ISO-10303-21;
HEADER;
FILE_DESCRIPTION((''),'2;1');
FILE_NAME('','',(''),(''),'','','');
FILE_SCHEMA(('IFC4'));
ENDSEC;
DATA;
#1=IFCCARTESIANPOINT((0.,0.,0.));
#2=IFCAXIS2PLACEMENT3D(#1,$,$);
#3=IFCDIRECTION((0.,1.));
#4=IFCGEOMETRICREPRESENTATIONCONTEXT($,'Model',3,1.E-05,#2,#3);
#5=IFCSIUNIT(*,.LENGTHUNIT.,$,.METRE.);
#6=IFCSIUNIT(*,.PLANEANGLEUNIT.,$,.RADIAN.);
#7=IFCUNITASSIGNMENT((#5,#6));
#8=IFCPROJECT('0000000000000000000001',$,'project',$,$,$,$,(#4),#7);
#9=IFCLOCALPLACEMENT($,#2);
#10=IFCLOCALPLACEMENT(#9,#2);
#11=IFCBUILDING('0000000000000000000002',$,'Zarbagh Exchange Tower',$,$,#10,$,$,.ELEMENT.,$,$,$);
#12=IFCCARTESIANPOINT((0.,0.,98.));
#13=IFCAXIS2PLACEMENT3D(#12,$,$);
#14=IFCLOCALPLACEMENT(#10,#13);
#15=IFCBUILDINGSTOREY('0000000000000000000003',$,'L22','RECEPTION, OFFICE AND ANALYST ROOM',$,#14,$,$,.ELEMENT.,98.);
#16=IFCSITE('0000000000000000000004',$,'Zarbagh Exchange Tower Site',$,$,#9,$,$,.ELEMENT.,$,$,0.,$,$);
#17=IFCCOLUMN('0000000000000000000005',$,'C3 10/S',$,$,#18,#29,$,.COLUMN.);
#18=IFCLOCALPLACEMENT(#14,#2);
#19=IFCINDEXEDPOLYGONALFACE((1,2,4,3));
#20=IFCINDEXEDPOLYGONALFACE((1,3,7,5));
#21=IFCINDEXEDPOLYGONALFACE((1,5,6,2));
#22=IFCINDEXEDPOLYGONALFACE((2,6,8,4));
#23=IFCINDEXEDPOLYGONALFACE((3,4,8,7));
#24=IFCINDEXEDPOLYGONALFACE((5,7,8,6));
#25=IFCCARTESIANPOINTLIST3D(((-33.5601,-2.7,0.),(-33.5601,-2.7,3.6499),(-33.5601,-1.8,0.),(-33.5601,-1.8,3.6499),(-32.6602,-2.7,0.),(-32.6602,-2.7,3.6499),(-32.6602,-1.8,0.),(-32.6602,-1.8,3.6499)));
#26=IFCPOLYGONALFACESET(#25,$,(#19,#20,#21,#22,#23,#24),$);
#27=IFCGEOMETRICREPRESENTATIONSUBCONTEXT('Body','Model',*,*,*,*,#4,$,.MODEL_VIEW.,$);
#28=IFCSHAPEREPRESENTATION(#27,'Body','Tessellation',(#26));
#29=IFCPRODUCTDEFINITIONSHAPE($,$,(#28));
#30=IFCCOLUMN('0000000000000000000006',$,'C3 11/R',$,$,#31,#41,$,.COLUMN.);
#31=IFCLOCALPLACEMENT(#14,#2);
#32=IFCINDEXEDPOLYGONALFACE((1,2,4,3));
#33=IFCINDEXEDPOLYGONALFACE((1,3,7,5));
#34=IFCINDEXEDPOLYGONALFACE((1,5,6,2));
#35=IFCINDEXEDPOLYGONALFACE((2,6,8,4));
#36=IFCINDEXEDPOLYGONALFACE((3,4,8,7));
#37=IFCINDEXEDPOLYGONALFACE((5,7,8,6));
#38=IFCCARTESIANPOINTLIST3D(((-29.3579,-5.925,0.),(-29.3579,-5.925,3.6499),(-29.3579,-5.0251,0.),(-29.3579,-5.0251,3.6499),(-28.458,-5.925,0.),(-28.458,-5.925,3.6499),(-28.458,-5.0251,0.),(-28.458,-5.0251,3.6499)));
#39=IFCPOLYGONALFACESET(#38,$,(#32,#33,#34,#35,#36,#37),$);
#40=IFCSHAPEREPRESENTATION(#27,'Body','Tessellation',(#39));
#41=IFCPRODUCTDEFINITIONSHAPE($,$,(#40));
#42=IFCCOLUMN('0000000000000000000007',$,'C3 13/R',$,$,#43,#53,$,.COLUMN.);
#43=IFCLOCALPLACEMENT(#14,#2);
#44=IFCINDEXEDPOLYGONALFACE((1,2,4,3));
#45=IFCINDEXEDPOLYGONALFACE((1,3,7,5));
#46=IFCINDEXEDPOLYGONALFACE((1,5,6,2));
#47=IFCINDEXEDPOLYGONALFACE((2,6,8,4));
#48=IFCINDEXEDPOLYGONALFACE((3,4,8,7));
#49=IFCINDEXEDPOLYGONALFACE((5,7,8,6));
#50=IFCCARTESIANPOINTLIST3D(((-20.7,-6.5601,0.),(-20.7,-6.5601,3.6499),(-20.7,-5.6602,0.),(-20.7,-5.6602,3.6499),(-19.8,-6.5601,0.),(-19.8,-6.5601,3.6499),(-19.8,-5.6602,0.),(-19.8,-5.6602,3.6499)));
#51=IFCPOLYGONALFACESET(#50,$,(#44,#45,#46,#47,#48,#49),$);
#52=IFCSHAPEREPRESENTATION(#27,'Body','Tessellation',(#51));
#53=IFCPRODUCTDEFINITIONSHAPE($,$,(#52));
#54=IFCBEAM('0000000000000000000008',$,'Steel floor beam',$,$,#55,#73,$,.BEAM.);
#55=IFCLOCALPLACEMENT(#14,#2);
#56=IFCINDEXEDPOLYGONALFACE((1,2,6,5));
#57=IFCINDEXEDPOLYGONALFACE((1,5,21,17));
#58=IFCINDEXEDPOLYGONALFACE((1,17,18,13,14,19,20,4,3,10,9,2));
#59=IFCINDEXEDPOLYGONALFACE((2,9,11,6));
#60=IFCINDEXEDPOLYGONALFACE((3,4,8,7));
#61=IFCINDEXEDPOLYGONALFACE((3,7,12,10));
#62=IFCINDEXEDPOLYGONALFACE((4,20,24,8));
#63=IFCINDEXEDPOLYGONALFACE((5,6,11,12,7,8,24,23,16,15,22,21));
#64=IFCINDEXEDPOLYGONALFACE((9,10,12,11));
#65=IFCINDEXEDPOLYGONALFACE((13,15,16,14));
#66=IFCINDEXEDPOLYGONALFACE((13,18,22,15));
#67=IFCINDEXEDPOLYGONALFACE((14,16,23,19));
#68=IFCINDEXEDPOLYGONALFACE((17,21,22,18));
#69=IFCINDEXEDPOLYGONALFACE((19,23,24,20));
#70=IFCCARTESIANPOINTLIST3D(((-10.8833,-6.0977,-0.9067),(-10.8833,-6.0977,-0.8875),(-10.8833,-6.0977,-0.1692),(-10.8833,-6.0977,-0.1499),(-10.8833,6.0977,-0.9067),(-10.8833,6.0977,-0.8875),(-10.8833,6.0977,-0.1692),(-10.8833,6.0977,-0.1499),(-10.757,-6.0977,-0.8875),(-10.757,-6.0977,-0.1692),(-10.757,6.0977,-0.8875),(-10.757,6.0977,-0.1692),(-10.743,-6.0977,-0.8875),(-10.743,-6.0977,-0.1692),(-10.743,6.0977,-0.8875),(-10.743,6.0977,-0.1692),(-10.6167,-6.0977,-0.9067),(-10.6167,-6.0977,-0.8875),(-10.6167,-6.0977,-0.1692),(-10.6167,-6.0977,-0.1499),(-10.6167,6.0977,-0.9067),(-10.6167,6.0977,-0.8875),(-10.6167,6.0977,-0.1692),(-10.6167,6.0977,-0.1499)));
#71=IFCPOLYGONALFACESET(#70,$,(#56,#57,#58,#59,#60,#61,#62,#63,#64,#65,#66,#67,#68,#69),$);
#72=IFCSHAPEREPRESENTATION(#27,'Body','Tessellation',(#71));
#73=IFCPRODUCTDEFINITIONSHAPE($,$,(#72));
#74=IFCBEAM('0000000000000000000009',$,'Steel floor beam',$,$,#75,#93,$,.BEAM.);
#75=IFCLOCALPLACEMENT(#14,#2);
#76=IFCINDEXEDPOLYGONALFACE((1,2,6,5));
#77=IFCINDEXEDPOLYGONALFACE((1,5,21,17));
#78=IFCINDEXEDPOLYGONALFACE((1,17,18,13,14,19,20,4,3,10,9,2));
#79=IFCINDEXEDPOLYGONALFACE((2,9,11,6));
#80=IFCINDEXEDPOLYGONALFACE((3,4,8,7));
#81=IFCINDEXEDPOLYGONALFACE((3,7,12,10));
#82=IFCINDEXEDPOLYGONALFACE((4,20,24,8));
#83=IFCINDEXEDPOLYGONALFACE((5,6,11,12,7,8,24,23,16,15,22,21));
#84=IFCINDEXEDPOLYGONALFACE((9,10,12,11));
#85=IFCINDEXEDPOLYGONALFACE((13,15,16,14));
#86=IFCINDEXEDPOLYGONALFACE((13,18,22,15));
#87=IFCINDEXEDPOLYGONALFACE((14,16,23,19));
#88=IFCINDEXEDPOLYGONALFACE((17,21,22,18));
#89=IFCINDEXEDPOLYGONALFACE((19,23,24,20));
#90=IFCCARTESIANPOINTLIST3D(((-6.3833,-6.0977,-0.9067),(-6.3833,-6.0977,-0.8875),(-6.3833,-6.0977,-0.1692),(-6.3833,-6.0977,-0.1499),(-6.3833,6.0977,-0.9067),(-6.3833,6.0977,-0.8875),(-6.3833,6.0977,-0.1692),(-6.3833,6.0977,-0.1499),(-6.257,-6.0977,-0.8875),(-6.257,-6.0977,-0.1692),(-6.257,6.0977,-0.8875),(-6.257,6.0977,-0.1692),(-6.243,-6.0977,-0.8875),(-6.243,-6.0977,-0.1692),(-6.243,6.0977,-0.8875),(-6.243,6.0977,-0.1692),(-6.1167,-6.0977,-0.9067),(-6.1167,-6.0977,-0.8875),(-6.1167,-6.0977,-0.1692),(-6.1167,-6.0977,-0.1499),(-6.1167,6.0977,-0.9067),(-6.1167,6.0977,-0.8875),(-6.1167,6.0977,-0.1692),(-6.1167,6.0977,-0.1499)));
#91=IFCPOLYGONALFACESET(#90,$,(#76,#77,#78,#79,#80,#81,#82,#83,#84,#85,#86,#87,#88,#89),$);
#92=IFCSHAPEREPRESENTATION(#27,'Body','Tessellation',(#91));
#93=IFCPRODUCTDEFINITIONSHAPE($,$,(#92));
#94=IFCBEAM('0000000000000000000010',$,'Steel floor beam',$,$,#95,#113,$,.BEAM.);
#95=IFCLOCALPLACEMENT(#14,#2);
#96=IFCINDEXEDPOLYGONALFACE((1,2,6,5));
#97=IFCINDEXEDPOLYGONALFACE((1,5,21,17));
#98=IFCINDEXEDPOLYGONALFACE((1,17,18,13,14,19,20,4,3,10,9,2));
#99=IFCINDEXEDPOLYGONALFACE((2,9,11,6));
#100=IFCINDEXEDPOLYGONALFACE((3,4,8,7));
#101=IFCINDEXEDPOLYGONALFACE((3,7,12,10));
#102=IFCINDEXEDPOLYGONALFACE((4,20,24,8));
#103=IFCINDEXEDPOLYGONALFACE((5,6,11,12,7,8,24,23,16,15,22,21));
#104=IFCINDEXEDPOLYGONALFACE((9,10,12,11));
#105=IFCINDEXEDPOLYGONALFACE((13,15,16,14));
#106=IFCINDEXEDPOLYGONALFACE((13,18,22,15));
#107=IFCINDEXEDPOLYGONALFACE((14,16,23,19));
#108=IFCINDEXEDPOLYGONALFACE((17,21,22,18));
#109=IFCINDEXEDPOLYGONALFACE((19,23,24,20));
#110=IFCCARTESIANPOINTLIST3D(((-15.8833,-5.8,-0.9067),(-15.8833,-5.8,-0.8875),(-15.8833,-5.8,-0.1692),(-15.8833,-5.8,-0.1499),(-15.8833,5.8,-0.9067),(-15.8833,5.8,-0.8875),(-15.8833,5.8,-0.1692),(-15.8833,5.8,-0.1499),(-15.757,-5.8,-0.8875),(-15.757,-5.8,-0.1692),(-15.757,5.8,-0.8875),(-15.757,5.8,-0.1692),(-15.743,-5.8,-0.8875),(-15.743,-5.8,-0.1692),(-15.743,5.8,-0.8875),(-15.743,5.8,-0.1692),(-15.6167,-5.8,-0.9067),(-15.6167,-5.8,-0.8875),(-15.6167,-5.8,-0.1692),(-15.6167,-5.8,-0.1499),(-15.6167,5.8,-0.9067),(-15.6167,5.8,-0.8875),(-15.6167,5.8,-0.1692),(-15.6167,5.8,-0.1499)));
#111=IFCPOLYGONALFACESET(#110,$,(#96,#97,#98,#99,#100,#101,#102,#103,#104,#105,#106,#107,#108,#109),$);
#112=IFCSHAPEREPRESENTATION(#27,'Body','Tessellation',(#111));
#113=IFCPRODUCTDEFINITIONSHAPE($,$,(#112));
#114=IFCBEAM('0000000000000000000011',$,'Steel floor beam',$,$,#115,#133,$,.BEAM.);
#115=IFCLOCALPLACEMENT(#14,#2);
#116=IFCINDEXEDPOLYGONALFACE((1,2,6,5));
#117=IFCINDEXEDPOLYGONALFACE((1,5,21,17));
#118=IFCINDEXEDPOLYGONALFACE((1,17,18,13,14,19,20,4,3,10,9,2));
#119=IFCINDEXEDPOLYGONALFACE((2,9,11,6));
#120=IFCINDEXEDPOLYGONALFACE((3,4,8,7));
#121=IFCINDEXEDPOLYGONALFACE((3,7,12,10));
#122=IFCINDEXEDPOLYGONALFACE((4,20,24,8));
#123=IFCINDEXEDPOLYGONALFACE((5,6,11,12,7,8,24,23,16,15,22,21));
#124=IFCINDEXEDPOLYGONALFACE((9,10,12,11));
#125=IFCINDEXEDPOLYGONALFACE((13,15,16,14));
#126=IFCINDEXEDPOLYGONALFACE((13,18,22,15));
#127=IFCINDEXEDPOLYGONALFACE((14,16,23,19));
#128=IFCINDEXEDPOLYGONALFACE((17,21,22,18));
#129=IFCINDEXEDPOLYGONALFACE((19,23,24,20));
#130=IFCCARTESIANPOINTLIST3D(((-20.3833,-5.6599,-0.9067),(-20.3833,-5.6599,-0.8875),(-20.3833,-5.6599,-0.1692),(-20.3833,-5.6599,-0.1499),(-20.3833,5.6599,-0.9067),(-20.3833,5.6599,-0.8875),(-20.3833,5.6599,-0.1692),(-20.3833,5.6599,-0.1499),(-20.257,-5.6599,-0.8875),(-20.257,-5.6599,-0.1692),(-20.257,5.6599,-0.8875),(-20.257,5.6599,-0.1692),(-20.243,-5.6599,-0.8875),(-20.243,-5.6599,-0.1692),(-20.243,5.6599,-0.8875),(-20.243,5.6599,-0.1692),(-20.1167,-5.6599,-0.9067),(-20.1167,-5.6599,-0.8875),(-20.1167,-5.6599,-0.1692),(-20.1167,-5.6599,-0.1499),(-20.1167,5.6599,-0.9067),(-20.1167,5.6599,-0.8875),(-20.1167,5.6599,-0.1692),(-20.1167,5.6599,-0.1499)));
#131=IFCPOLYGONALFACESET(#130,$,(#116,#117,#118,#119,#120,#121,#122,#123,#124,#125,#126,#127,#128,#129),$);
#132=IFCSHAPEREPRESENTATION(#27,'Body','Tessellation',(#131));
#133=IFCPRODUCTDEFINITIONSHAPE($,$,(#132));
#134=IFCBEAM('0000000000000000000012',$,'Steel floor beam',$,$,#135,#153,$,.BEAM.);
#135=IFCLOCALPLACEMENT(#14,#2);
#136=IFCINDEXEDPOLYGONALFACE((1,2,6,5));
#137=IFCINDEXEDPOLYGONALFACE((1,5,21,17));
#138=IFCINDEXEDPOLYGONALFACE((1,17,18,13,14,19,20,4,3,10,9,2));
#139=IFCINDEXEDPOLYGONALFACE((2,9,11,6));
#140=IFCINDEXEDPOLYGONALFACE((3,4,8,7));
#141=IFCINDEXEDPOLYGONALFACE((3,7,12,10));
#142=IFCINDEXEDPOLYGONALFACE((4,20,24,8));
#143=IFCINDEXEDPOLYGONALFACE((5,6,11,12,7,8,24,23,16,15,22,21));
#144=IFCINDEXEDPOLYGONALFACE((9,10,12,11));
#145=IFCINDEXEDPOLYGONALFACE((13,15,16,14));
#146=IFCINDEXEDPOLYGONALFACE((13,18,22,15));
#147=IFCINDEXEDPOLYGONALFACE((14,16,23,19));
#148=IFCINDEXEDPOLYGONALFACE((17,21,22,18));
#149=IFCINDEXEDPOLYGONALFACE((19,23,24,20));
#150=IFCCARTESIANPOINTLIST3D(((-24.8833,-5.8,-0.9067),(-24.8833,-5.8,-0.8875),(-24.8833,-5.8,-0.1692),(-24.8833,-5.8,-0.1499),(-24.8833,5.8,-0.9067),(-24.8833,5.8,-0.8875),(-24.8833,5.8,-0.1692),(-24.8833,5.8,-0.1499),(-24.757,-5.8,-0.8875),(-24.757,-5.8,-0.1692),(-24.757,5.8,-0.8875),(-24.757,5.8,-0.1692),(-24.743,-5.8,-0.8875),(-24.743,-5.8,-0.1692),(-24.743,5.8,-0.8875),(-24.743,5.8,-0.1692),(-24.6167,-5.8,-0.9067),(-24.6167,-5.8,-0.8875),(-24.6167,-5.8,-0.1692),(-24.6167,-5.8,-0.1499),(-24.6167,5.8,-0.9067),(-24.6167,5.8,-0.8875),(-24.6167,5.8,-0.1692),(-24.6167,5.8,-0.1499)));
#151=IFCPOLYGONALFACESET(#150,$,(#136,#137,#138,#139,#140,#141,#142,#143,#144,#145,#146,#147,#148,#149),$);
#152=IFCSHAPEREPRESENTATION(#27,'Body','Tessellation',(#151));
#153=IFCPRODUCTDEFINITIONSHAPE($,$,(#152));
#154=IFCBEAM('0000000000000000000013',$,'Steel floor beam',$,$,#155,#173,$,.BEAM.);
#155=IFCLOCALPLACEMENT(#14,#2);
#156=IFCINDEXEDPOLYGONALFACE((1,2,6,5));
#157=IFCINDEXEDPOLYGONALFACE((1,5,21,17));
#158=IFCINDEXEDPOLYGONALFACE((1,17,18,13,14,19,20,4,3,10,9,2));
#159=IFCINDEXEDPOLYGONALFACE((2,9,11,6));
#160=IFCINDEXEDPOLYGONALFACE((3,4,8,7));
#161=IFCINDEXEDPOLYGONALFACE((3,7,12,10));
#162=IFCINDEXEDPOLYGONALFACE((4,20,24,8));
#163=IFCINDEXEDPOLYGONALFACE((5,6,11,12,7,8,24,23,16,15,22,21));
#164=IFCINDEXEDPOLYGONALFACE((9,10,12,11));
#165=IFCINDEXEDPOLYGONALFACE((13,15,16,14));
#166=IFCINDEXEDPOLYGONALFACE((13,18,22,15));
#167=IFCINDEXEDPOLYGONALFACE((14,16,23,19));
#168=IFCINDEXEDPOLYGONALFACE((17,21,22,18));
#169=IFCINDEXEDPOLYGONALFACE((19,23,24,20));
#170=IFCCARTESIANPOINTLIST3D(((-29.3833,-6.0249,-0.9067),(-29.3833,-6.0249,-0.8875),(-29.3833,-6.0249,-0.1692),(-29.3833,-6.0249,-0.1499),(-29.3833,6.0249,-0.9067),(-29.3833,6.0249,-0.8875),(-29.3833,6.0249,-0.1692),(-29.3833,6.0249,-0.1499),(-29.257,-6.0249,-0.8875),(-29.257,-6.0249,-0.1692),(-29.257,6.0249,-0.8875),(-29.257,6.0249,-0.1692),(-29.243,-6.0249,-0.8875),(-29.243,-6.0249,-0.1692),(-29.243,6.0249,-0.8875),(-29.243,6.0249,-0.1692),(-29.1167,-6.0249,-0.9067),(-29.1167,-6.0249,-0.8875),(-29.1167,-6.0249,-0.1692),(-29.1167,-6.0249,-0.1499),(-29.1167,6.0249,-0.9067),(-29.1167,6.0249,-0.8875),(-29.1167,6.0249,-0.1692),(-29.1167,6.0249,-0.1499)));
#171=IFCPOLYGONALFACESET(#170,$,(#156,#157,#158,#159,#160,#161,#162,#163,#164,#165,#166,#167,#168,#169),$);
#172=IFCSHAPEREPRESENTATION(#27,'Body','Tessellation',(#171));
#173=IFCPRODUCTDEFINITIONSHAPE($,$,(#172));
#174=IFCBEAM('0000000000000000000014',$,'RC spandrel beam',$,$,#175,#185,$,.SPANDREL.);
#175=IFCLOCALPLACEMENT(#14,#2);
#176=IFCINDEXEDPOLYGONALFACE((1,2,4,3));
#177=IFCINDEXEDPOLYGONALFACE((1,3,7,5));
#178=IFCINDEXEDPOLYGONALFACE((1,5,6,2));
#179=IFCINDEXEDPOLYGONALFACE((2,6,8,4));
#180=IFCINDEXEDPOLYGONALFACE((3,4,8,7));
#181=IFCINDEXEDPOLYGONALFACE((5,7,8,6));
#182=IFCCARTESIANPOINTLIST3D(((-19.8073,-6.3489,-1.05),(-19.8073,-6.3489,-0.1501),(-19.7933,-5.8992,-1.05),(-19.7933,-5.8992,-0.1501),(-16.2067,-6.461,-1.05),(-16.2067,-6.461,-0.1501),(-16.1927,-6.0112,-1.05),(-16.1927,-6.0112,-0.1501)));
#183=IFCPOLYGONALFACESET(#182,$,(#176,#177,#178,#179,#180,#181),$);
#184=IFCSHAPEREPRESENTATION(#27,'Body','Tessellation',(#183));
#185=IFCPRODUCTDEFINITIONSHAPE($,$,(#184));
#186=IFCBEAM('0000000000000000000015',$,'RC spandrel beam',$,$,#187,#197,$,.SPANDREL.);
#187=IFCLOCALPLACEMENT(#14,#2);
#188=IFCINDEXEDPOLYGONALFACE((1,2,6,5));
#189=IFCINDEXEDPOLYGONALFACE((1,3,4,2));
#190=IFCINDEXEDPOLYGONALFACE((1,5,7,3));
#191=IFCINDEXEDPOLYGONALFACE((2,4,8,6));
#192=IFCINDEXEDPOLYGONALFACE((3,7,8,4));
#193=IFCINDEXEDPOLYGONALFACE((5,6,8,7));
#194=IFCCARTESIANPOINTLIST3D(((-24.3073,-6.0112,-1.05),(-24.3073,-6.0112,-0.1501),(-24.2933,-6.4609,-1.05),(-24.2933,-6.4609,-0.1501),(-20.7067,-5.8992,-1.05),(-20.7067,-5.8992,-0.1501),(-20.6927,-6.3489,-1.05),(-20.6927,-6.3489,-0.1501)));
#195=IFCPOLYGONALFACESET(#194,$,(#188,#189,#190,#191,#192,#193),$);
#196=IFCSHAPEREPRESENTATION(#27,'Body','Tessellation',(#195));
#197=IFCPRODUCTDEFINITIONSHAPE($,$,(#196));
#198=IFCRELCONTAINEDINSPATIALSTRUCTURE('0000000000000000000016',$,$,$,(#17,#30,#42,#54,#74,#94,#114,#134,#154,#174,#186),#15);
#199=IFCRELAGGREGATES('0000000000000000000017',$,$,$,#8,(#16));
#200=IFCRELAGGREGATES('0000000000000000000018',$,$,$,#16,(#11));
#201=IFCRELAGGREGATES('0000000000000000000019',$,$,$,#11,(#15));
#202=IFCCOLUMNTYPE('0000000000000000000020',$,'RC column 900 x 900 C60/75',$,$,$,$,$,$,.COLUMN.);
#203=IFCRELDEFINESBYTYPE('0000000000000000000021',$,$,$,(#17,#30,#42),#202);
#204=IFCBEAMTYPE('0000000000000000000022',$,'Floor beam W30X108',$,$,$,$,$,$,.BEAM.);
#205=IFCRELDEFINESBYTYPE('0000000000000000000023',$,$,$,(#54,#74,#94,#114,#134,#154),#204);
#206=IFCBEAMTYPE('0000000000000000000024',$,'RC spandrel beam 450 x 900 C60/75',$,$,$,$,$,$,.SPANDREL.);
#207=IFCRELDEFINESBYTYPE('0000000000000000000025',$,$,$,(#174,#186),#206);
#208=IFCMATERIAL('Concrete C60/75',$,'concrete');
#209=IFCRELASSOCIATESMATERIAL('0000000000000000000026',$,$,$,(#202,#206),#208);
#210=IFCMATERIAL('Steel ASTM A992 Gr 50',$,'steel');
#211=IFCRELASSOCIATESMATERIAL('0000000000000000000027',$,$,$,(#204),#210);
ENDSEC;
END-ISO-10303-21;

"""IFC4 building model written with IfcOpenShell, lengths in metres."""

from ifc_helpers import new_model, si_unit, direction, frame, origin, origin_2d, place, context, subcontext, project, spatial, rectangle, i_section, extrude, material, material_profile, profile_set, type_object, element, save


model = new_model("IFC4")

# Units and contexts
model_context = context("Model", 3, precision=1e-05, world=origin(), true_north=direction((0.0, 1.0)))
body_context = subcontext(model_context, "Body", "Model", "MODEL_VIEW")
ifc_project = project(units=[si_unit("LENGTHUNIT", "METRE"), si_unit("PLANEANGLEUNIT", "RADIAN")], contexts=[model_context])

# Site, building, storey
site_placement = place(None, origin())
site = spatial("IfcSite", under=ifc_project, at=site_placement, Name="Zarbagh Exchange Tower Site", CompositionType="ELEMENT", RefElevation=0.0)
building_placement = place(site_placement, origin())
building = spatial("IfcBuilding", under=site, at=building_placement, Name="Zarbagh Exchange Tower", CompositionType="ELEMENT")
storey_placement = place(building_placement, frame((0.0, 0.0, 98.0)))
storey = spatial("IfcBuildingStorey", under=building, at=storey_placement, Name="L22", Description="RECEPTION, OFFICE AND ANALYST ROOM", CompositionType="ELEMENT", Elevation=98.0)

# Columns
ifc_material_1 = material(Name="Concrete C60/75", Category="concrete")
ifc_material_profile_1 = material_profile(ifc_material_1, rectangle(XDim=0.8999, YDim=0.8999, at=origin_2d()), Name="RC column 900 x 900 C60/75")
ifc_profile_set_1 = profile_set([ifc_material_profile_1], Name="Concrete C60/75")
column_type = type_object("IfcColumnType", Name="RC column 900 x 900 C60/75", PredefinedType="COLUMN", material=ifc_profile_set_1)
for number, where, z_axis, x_axis, name in (
    (1, (-33.1101, -2.25, 0.0), (0.0, 0.0, 1.0), (1.0, 0.0, 0.0), "C3 10/S"),
    (2, (-28.908, -5.4751, 0.0), (0.0, 0.0, 1.0), (1.0, 0.0, 0.0), "C3 11/R"),
    (3, (-20.25, -6.1101, 0.0), (0.0, 0.0, 1.0), (1.0, 0.0, 0.0), "C3 13/R"),
):
    element("IfcColumn", number, at=place(storey_placement, frame(where, z_axis=z_axis, x_axis=x_axis)), inside=storey, type_object=column_type, Name=name, PredefinedType="COLUMN", context=body_context, shape_type="SweptSolid", body=[
        extrude(rectangle(XDim=0.8999, YDim=0.8999, at=origin_2d()), origin(), (0.0, 0.0, 1.0), 3.6499),
    ])

# Beams
ifc_material_2 = material(Name="Steel ASTM A992 Gr 50", Category="steel")
ifc_material_profile_2 = material_profile(ifc_material_2, i_section(OverallWidth=0.2666, OverallDepth=0.7568, WebThickness=0.0139, FlangeThickness=0.0193, at=origin_2d()), Name="W30X108")
ifc_profile_set_2 = profile_set([ifc_material_profile_2], Name="Steel ASTM A992 Gr 50")
beam_type_1 = type_object("IfcBeamType", Name="Floor beam W30X108", PredefinedType="BEAM", material=ifc_profile_set_2)
for number, where, z_axis, x_axis, name in (
    (4, (-10.75, -6.0977, -0.5283), (0.0, 1.0, 0.0), (-1.0, 0.0, 0.0), "Steel floor beam"),
    (5, (-6.25, -6.0977, -0.5283), (0.0, 1.0, 0.0), (-1.0, 0.0, 0.0), "Steel floor beam"),
):
    element("IfcBeam", number, at=place(storey_placement, frame(where, z_axis=z_axis, x_axis=x_axis)), inside=storey, type_object=beam_type_1, Name=name, PredefinedType="BEAM", context=body_context, shape_type="SweptSolid", body=[
        extrude(i_section(OverallWidth=0.2666, OverallDepth=0.7568, WebThickness=0.0139, FlangeThickness=0.0193, at=origin_2d()), origin(), (0.0, 0.0, 1.0), 12.1953),
    ])
beam_1_placement = place(storey_placement, frame((-15.75, -5.8, -0.5283), z_axis=(0.0, 1.0, 0.0), x_axis=(-1.0, 0.0, 0.0)))
element("IfcBeam", 6, at=beam_1_placement, inside=storey, type_object=beam_type_1, Name="Steel floor beam", PredefinedType="BEAM", context=body_context, shape_type="SweptSolid", body=[
    extrude(i_section(OverallWidth=0.2666, OverallDepth=0.7568, WebThickness=0.0139, FlangeThickness=0.0193, at=origin_2d()), origin(), (0.0, 0.0, 1.0), 11.6001),
])
beam_2_placement = place(storey_placement, frame((-20.25, -5.6599, -0.5283), z_axis=(0.0, 1.0, 0.0), x_axis=(-1.0, 0.0, 0.0)))
element("IfcBeam", 7, at=beam_2_placement, inside=storey, type_object=beam_type_1, Name="Steel floor beam", PredefinedType="BEAM", context=body_context, shape_type="SweptSolid", body=[
    extrude(i_section(OverallWidth=0.2666, OverallDepth=0.7568, WebThickness=0.0139, FlangeThickness=0.0193, at=origin_2d()), origin(), (0.0, 0.0, 1.0), 11.3198),
])
beam_3_placement = place(storey_placement, frame((-24.75, -5.8, -0.5283), z_axis=(0.0, 1.0, 0.0), x_axis=(-1.0, 0.0, 0.0)))
element("IfcBeam", 8, at=beam_3_placement, inside=storey, type_object=beam_type_1, Name="Steel floor beam", PredefinedType="BEAM", context=body_context, shape_type="SweptSolid", body=[
    extrude(i_section(OverallWidth=0.2666, OverallDepth=0.7568, WebThickness=0.0139, FlangeThickness=0.0193, at=origin_2d()), origin(), (0.0, 0.0, 1.0), 11.6001),
])
beam_4_placement = place(storey_placement, frame((-29.25, -6.0249, -0.5283), z_axis=(0.0, 1.0, 0.0), x_axis=(-1.0, 0.0, 0.0)))
element("IfcBeam", 9, at=beam_4_placement, inside=storey, type_object=beam_type_1, Name="Steel floor beam", PredefinedType="BEAM", context=body_context, shape_type="SweptSolid", body=[
    extrude(i_section(OverallWidth=0.2666, OverallDepth=0.7568, WebThickness=0.0139, FlangeThickness=0.0193, at=origin_2d()), origin(), (0.0, 0.0, 1.0), 12.0498),
])
ifc_material_profile_3 = material_profile(ifc_material_1, rectangle(XDim=0.45, YDim=0.8999, at=origin_2d()), Name="RC spandrel beam 450 x 900 C60/75")
ifc_profile_set_3 = profile_set([ifc_material_profile_3], Name="Concrete C60/75")
beam_type_2 = type_object("IfcBeamType", Name="RC spandrel beam 450 x 900 C60/75", PredefinedType="SPANDREL", material=ifc_profile_set_3)
for number, where, z_axis, x_axis, name in (
    (10, (-16.1997, -6.2361, -0.6001), (-0.999516, 0.031108, 0.0), (-0.031108, -0.999516, 0.0), "RC spandrel beam"),
    (11, (-20.6997, -6.124, -0.6001), (-0.999516, -0.031108, 0.0), (0.031108, -0.999516, 0.0), "RC spandrel beam"),
):
    element("IfcBeam", number, at=place(storey_placement, frame(where, z_axis=z_axis, x_axis=x_axis)), inside=storey, type_object=beam_type_2, Name=name, PredefinedType="SPANDREL", context=body_context, shape_type="SweptSolid", body=[
        extrude(rectangle(XDim=0.45, YDim=0.8999, at=origin_2d()), origin(), (0.0, 0.0, 1.0), 3.6023),
    ])

save(model, "model.ifc")
